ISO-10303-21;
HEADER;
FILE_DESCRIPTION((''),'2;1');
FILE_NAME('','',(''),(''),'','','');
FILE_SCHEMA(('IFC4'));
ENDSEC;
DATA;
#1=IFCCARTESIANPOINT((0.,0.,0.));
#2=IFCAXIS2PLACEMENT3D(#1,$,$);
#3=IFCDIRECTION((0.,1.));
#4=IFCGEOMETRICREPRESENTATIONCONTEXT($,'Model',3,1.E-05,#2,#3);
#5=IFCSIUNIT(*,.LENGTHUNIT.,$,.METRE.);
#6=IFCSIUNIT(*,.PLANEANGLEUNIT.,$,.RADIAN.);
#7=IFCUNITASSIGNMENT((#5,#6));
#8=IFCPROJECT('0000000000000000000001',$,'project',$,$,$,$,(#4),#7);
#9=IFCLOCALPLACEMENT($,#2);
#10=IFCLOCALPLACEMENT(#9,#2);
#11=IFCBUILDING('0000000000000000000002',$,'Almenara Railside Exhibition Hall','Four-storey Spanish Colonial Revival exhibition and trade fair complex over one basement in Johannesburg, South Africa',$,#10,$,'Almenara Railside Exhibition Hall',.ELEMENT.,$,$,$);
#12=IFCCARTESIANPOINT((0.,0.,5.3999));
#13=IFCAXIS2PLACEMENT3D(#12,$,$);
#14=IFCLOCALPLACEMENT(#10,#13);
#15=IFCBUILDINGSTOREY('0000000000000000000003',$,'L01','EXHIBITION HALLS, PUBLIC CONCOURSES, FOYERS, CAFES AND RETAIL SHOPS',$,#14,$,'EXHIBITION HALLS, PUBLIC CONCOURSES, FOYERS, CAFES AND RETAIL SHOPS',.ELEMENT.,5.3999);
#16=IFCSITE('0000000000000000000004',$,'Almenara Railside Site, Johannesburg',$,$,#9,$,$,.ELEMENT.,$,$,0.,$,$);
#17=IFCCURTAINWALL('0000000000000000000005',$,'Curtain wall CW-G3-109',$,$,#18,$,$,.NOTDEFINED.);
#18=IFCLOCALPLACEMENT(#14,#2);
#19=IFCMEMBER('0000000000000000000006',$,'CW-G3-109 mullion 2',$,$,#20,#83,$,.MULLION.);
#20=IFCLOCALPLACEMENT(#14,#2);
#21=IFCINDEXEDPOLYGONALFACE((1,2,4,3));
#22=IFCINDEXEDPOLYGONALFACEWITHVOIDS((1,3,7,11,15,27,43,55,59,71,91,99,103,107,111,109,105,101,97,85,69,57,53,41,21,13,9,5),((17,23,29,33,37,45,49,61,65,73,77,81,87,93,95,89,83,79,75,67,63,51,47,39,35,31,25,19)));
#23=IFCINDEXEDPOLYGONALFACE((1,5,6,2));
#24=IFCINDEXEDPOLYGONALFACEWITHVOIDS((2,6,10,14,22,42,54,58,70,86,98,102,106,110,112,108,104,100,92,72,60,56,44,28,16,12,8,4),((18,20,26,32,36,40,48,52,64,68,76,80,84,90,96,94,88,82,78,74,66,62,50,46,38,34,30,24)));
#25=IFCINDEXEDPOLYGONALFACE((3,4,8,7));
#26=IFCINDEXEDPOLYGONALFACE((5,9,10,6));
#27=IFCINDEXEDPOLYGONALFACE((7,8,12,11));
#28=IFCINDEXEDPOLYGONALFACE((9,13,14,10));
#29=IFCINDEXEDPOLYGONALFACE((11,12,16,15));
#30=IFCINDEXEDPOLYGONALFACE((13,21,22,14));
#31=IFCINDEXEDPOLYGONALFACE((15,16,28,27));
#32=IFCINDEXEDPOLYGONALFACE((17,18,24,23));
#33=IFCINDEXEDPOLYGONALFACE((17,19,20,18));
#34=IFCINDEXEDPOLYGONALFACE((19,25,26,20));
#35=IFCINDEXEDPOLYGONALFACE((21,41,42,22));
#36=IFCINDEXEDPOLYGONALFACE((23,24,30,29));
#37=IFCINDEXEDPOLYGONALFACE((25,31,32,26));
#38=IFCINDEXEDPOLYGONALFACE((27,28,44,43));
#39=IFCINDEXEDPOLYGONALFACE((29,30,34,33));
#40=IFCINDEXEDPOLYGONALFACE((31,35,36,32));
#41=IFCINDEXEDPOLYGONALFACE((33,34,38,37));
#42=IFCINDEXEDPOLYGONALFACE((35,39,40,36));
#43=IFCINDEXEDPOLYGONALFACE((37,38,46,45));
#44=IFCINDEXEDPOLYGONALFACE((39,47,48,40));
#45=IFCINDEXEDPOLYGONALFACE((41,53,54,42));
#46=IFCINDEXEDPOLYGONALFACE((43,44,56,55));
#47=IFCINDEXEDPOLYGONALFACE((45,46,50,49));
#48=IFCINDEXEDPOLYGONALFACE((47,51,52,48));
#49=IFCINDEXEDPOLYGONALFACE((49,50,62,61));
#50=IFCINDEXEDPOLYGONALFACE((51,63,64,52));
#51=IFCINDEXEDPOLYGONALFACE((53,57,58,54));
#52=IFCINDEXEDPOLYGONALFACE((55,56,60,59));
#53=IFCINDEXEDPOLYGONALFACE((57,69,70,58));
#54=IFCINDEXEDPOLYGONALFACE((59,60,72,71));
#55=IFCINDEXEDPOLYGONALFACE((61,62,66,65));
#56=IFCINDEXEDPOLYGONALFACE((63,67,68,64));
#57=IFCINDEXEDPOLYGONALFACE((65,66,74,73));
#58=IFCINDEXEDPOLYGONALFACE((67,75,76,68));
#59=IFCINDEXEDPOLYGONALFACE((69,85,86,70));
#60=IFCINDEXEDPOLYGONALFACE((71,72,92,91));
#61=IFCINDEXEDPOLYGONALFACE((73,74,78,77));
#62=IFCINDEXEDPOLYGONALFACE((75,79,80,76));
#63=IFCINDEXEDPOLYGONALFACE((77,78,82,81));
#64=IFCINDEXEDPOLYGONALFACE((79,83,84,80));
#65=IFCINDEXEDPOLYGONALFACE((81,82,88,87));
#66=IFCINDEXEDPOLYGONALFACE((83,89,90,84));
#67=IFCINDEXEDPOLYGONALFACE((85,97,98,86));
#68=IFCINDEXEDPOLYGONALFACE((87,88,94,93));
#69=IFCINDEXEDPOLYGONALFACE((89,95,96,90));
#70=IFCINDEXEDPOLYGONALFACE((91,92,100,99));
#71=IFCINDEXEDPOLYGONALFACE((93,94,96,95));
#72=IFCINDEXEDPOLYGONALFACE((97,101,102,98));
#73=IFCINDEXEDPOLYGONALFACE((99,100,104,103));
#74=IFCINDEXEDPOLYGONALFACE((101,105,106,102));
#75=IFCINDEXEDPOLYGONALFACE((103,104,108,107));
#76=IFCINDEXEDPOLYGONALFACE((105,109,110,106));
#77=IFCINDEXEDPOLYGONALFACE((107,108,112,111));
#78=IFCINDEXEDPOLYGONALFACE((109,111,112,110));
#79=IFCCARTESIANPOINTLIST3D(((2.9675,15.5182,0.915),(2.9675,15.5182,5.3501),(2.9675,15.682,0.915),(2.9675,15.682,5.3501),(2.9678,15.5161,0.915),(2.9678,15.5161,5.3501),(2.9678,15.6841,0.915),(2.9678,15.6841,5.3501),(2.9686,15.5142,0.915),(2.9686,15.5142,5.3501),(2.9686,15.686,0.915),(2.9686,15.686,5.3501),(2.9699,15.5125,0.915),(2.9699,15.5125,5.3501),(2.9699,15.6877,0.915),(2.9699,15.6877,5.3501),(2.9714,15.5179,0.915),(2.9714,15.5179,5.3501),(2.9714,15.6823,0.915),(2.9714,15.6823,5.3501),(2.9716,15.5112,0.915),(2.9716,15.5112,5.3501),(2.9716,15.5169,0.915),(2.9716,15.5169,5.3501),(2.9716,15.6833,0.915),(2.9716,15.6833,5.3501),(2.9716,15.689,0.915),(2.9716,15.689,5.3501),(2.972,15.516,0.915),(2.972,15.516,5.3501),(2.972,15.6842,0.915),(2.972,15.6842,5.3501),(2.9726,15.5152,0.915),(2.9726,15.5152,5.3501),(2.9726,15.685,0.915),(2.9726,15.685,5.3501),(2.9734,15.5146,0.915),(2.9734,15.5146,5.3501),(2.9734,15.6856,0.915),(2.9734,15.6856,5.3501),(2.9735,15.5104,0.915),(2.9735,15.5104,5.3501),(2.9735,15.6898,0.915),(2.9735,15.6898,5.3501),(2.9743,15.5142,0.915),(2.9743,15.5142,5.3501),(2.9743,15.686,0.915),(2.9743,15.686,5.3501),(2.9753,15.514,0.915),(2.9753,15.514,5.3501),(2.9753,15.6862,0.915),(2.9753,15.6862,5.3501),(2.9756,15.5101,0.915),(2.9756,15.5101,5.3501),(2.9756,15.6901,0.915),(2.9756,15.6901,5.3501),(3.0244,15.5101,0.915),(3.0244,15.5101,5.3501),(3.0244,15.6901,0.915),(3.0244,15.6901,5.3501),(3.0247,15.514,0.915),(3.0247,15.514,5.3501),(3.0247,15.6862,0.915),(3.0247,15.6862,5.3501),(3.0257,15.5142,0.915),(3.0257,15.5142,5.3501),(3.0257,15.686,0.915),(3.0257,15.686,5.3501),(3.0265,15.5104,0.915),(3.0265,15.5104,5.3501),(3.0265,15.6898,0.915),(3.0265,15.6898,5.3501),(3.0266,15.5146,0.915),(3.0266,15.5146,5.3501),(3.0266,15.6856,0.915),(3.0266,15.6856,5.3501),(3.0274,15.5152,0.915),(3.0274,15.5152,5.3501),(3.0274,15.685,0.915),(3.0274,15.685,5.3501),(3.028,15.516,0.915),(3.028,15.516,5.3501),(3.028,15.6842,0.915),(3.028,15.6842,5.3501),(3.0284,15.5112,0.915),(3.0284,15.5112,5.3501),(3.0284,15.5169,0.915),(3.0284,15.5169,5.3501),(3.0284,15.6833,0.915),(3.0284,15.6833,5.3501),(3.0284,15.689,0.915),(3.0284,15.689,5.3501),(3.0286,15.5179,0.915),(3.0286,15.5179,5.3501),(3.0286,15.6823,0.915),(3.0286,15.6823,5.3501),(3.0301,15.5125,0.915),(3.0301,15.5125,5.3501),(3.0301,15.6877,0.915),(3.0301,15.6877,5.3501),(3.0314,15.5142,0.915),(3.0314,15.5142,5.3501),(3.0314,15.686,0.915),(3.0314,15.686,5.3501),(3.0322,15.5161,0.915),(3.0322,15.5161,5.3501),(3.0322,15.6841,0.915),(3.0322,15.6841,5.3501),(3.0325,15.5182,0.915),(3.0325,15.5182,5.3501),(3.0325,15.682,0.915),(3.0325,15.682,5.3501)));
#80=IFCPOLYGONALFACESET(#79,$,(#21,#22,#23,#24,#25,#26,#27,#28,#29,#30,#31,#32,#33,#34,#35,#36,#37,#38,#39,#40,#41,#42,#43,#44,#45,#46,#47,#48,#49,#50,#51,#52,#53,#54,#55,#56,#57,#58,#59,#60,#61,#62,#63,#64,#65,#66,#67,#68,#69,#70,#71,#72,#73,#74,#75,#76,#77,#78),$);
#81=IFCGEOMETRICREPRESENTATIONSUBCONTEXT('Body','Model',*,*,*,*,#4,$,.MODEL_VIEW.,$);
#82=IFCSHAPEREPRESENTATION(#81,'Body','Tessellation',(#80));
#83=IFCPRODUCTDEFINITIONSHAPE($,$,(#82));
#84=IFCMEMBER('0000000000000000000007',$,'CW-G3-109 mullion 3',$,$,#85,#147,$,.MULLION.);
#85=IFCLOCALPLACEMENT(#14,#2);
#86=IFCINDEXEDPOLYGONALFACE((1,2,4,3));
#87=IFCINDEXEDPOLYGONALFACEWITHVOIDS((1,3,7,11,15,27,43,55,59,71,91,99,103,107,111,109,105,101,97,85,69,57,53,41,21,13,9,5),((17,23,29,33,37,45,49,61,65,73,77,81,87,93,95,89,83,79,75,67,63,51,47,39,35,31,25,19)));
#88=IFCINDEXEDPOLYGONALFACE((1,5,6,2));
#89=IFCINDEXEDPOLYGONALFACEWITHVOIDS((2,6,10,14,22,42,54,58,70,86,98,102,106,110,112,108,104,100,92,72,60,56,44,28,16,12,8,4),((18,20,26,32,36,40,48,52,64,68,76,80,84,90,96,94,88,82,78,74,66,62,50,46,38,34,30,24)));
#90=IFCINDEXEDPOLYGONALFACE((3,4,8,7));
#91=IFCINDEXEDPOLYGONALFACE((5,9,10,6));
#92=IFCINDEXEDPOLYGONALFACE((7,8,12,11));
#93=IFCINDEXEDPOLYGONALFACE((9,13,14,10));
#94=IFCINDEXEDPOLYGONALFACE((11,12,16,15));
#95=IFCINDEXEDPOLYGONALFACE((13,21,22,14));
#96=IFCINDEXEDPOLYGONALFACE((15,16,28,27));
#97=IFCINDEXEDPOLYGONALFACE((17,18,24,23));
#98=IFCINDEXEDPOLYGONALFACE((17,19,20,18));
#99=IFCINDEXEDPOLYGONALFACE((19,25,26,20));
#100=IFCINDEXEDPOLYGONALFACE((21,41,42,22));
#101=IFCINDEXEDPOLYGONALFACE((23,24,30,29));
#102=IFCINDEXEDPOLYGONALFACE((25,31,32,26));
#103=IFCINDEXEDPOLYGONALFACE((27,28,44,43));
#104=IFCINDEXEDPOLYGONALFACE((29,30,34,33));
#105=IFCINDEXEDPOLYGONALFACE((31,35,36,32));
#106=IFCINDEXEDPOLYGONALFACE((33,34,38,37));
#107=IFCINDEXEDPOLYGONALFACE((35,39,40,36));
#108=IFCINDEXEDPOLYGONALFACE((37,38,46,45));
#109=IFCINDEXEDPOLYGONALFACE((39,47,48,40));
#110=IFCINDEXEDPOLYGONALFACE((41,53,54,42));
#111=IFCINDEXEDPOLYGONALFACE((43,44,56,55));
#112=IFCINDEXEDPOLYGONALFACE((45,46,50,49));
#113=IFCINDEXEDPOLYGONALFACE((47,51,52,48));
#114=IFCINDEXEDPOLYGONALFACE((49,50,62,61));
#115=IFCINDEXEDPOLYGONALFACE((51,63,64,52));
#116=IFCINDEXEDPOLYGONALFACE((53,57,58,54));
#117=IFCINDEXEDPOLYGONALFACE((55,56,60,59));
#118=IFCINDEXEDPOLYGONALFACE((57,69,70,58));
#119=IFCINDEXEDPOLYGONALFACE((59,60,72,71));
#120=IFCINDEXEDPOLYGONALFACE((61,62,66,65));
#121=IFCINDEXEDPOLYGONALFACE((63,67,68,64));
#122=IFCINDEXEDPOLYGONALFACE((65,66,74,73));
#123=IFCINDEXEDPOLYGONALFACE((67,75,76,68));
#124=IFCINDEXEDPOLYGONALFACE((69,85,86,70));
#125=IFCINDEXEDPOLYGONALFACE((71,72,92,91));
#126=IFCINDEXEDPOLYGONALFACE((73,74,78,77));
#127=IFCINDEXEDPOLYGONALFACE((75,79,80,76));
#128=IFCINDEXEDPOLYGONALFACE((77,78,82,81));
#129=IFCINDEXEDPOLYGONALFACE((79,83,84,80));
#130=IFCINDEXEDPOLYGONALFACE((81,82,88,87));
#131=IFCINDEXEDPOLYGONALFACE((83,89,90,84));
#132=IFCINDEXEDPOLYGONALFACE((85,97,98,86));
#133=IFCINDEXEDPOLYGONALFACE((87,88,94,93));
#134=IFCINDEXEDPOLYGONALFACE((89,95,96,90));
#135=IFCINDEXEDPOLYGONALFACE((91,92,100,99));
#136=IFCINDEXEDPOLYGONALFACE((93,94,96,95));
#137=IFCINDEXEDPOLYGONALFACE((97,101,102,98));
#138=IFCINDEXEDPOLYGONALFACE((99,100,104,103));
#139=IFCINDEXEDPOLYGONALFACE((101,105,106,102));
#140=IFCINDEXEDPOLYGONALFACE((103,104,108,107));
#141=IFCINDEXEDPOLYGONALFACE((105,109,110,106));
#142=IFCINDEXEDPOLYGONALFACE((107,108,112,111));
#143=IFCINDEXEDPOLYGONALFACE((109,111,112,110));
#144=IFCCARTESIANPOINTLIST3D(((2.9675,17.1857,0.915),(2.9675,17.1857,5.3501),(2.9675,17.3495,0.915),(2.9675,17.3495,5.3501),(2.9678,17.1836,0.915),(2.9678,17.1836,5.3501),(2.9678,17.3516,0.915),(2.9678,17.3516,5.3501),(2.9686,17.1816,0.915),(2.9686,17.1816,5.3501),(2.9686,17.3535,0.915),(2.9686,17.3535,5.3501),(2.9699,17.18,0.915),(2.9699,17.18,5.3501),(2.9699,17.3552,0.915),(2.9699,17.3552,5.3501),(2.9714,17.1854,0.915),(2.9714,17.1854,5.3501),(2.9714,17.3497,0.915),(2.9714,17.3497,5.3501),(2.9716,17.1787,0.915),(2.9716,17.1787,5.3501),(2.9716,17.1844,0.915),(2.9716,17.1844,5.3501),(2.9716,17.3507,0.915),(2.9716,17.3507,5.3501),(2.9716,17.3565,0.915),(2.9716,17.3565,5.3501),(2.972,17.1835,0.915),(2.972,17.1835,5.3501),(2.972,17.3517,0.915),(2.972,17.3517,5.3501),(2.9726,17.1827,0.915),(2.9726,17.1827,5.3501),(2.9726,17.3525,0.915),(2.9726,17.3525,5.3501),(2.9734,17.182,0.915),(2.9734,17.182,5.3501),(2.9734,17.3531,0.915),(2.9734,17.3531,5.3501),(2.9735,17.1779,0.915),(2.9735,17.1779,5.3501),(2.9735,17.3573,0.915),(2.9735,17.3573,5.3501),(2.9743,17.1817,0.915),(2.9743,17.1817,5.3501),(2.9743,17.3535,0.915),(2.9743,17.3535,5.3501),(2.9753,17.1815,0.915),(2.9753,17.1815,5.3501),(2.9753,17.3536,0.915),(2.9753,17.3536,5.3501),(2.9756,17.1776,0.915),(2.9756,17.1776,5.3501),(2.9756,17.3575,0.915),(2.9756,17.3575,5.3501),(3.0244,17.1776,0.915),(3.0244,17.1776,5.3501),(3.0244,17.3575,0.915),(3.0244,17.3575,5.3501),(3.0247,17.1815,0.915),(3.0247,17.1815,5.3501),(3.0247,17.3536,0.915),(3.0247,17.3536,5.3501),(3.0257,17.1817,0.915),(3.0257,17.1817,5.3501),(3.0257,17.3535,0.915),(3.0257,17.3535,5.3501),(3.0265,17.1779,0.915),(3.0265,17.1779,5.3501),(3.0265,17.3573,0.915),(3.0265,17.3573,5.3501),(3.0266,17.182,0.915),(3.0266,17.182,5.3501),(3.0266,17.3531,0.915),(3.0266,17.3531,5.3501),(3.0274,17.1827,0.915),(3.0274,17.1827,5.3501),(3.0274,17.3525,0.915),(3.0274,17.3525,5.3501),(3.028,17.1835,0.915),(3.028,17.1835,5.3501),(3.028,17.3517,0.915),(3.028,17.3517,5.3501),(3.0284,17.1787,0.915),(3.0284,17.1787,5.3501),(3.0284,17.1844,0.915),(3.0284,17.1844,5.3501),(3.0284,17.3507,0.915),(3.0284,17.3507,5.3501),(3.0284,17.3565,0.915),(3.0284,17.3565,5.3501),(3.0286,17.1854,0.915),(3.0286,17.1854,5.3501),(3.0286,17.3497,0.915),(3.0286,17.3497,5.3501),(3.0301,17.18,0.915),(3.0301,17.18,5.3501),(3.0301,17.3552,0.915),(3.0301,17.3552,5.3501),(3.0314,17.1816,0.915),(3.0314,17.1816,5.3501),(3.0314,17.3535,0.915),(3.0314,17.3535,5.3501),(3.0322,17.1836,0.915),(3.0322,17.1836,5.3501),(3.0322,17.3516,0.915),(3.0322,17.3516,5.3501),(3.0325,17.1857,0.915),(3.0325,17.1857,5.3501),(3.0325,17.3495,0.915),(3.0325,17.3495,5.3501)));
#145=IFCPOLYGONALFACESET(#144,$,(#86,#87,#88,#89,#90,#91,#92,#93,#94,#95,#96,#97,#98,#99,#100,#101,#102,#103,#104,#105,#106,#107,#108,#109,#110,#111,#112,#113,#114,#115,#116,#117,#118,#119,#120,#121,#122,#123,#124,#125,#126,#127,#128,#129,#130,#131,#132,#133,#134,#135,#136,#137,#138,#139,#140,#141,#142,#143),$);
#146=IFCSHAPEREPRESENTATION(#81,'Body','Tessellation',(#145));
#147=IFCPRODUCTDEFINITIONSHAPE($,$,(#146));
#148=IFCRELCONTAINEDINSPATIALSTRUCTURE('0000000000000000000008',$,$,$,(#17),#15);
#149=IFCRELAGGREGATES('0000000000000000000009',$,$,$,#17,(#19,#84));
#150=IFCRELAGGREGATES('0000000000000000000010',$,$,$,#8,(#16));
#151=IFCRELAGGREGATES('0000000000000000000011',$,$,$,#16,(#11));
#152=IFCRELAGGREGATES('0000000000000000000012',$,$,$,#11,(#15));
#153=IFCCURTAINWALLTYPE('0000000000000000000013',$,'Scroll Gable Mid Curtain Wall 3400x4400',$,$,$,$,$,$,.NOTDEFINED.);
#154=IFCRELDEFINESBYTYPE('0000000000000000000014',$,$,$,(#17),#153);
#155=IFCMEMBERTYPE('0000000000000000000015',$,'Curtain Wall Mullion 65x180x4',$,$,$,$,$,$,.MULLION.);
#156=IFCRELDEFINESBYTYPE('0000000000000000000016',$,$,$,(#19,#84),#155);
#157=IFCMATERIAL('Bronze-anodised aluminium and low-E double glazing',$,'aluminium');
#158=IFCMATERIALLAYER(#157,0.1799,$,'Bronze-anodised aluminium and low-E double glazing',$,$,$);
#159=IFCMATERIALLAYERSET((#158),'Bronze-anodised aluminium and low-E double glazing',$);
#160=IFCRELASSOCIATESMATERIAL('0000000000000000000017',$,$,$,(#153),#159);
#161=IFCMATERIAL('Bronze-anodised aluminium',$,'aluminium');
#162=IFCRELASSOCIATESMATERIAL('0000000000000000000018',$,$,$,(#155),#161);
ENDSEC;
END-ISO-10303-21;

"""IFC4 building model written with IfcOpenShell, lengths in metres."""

from ifc_helpers import new_model, si_unit, direction, frame, origin, origin_2d, place, context, subcontext, project, spatial, hollow_rectangle, extrude, material, layer, layer_set, material_profile, profile_set, type_object, element, aggregate, save


model = new_model("IFC4")

# Units and contexts
model_context = context("Model", 3, precision=1e-05, world=origin(), true_north=direction((0.0, 1.0)))
body_context = subcontext(model_context, "Body", "Model", "MODEL_VIEW")
ifc_project = project(units=[si_unit("LENGTHUNIT", "METRE"), si_unit("PLANEANGLEUNIT", "RADIAN")], contexts=[model_context])

# Site, building, storey
site_placement = place(None, origin())
site = spatial("IfcSite", under=ifc_project, at=site_placement, Name="Almenara Railside Site, Johannesburg", CompositionType="ELEMENT", RefElevation=0.0)
building_placement = place(site_placement, origin())
building = spatial("IfcBuilding", under=site, at=building_placement, Name="Almenara Railside Exhibition Hall", Description="Four-storey Spanish Colonial Revival exhibition and trade fair complex over one basement in Johannesburg, South Africa", LongName="Almenara Railside Exhibition Hall", CompositionType="ELEMENT")
storey_placement = place(building_placement, frame((0.0, 0.0, 5.3999)))
storey = spatial("IfcBuildingStorey", under=building, at=storey_placement, Name="L01", Description="EXHIBITION HALLS, PUBLIC CONCOURSES, FOYERS, CAFES AND RETAIL SHOPS", LongName="EXHIBITION HALLS, PUBLIC CONCOURSES, FOYERS, CAFES AND RETAIL SHOPS", CompositionType="ELEMENT", Elevation=5.3999)

# Curtain wall, members
ifc_material_1 = material(Name="Bronze-anodised aluminium and low-E double glazing", Category="aluminium")
ifc_layer_1 = layer(ifc_material_1, 0.1799, Name="Bronze-anodised aluminium and low-E double glazing")
ifc_layer_set_1 = layer_set([ifc_layer_1], Name="Bronze-anodised aluminium and low-E double glazing")
curtain_wall_type = type_object("IfcCurtainWallType", Name="Scroll Gable Mid Curtain Wall 3400x4400", PredefinedType="NOTDEFINED", material=ifc_layer_set_1)
ifc_material_2 = material(Name="Bronze-anodised aluminium", Category="aluminium")
curtain_wall_1_placement = place(storey_placement, origin())
curtain_wall_1 = element("IfcCurtainWall", 1, at=curtain_wall_1_placement, inside=storey, type_object=curtain_wall_type, Name="Curtain wall CW-G3-109", PredefinedType="NOTDEFINED")
ifc_material_profile_1 = material_profile(ifc_material_2, hollow_rectangle(XDim=0.0649, YDim=0.1799, WallThickness=0.0039, InnerFilletRadius=0.0039, OuterFilletRadius=0.0081, at=origin_2d()), Name="ALU-MUL 65x180x4")
ifc_profile_set_1 = profile_set([ifc_material_profile_1], Name="Bronze-anodised aluminium")
member_type_1 = type_object("IfcMemberType", Name="Curtain Wall Mullion 65x180x4", PredefinedType="MULLION", material=ifc_profile_set_1)
member_1_placement = place(storey_placement, frame((3.0, 15.6001, 0.915), z_axis=(0.0, 0.0, 1.0), x_axis=(-1.0, 0.0, 0.0)))
member_1 = element("IfcMember", 2, at=member_1_placement, type_object=member_type_1, Name="CW-G3-109 mullion 2", PredefinedType="MULLION", context=body_context, shape_type="SweptSolid", body=[
    extrude(hollow_rectangle(XDim=0.0649, YDim=0.1799, WallThickness=0.0039, InnerFilletRadius=0.0039, OuterFilletRadius=0.0081, at=origin_2d()), origin(), (0.0, 0.0, 1.0), 4.4351),
])
member_2_placement = place(storey_placement, frame((3.0, 17.2676, 0.915), z_axis=(0.0, 0.0, 1.0), x_axis=(-1.0, 0.0, 0.0)))
member_2 = element("IfcMember", 3, at=member_2_placement, type_object=member_type_1, Name="CW-G3-109 mullion 3", PredefinedType="MULLION", context=body_context, shape_type="SweptSolid", body=[
    extrude(hollow_rectangle(XDim=0.0649, YDim=0.1799, WallThickness=0.0039, InnerFilletRadius=0.0039, OuterFilletRadius=0.0081, at=origin_2d()), origin(), (0.0, 0.0, 1.0), 4.4351),
])

aggregate(curtain_wall_1, [member_1, member_2])

save(model, "model.ifc")
